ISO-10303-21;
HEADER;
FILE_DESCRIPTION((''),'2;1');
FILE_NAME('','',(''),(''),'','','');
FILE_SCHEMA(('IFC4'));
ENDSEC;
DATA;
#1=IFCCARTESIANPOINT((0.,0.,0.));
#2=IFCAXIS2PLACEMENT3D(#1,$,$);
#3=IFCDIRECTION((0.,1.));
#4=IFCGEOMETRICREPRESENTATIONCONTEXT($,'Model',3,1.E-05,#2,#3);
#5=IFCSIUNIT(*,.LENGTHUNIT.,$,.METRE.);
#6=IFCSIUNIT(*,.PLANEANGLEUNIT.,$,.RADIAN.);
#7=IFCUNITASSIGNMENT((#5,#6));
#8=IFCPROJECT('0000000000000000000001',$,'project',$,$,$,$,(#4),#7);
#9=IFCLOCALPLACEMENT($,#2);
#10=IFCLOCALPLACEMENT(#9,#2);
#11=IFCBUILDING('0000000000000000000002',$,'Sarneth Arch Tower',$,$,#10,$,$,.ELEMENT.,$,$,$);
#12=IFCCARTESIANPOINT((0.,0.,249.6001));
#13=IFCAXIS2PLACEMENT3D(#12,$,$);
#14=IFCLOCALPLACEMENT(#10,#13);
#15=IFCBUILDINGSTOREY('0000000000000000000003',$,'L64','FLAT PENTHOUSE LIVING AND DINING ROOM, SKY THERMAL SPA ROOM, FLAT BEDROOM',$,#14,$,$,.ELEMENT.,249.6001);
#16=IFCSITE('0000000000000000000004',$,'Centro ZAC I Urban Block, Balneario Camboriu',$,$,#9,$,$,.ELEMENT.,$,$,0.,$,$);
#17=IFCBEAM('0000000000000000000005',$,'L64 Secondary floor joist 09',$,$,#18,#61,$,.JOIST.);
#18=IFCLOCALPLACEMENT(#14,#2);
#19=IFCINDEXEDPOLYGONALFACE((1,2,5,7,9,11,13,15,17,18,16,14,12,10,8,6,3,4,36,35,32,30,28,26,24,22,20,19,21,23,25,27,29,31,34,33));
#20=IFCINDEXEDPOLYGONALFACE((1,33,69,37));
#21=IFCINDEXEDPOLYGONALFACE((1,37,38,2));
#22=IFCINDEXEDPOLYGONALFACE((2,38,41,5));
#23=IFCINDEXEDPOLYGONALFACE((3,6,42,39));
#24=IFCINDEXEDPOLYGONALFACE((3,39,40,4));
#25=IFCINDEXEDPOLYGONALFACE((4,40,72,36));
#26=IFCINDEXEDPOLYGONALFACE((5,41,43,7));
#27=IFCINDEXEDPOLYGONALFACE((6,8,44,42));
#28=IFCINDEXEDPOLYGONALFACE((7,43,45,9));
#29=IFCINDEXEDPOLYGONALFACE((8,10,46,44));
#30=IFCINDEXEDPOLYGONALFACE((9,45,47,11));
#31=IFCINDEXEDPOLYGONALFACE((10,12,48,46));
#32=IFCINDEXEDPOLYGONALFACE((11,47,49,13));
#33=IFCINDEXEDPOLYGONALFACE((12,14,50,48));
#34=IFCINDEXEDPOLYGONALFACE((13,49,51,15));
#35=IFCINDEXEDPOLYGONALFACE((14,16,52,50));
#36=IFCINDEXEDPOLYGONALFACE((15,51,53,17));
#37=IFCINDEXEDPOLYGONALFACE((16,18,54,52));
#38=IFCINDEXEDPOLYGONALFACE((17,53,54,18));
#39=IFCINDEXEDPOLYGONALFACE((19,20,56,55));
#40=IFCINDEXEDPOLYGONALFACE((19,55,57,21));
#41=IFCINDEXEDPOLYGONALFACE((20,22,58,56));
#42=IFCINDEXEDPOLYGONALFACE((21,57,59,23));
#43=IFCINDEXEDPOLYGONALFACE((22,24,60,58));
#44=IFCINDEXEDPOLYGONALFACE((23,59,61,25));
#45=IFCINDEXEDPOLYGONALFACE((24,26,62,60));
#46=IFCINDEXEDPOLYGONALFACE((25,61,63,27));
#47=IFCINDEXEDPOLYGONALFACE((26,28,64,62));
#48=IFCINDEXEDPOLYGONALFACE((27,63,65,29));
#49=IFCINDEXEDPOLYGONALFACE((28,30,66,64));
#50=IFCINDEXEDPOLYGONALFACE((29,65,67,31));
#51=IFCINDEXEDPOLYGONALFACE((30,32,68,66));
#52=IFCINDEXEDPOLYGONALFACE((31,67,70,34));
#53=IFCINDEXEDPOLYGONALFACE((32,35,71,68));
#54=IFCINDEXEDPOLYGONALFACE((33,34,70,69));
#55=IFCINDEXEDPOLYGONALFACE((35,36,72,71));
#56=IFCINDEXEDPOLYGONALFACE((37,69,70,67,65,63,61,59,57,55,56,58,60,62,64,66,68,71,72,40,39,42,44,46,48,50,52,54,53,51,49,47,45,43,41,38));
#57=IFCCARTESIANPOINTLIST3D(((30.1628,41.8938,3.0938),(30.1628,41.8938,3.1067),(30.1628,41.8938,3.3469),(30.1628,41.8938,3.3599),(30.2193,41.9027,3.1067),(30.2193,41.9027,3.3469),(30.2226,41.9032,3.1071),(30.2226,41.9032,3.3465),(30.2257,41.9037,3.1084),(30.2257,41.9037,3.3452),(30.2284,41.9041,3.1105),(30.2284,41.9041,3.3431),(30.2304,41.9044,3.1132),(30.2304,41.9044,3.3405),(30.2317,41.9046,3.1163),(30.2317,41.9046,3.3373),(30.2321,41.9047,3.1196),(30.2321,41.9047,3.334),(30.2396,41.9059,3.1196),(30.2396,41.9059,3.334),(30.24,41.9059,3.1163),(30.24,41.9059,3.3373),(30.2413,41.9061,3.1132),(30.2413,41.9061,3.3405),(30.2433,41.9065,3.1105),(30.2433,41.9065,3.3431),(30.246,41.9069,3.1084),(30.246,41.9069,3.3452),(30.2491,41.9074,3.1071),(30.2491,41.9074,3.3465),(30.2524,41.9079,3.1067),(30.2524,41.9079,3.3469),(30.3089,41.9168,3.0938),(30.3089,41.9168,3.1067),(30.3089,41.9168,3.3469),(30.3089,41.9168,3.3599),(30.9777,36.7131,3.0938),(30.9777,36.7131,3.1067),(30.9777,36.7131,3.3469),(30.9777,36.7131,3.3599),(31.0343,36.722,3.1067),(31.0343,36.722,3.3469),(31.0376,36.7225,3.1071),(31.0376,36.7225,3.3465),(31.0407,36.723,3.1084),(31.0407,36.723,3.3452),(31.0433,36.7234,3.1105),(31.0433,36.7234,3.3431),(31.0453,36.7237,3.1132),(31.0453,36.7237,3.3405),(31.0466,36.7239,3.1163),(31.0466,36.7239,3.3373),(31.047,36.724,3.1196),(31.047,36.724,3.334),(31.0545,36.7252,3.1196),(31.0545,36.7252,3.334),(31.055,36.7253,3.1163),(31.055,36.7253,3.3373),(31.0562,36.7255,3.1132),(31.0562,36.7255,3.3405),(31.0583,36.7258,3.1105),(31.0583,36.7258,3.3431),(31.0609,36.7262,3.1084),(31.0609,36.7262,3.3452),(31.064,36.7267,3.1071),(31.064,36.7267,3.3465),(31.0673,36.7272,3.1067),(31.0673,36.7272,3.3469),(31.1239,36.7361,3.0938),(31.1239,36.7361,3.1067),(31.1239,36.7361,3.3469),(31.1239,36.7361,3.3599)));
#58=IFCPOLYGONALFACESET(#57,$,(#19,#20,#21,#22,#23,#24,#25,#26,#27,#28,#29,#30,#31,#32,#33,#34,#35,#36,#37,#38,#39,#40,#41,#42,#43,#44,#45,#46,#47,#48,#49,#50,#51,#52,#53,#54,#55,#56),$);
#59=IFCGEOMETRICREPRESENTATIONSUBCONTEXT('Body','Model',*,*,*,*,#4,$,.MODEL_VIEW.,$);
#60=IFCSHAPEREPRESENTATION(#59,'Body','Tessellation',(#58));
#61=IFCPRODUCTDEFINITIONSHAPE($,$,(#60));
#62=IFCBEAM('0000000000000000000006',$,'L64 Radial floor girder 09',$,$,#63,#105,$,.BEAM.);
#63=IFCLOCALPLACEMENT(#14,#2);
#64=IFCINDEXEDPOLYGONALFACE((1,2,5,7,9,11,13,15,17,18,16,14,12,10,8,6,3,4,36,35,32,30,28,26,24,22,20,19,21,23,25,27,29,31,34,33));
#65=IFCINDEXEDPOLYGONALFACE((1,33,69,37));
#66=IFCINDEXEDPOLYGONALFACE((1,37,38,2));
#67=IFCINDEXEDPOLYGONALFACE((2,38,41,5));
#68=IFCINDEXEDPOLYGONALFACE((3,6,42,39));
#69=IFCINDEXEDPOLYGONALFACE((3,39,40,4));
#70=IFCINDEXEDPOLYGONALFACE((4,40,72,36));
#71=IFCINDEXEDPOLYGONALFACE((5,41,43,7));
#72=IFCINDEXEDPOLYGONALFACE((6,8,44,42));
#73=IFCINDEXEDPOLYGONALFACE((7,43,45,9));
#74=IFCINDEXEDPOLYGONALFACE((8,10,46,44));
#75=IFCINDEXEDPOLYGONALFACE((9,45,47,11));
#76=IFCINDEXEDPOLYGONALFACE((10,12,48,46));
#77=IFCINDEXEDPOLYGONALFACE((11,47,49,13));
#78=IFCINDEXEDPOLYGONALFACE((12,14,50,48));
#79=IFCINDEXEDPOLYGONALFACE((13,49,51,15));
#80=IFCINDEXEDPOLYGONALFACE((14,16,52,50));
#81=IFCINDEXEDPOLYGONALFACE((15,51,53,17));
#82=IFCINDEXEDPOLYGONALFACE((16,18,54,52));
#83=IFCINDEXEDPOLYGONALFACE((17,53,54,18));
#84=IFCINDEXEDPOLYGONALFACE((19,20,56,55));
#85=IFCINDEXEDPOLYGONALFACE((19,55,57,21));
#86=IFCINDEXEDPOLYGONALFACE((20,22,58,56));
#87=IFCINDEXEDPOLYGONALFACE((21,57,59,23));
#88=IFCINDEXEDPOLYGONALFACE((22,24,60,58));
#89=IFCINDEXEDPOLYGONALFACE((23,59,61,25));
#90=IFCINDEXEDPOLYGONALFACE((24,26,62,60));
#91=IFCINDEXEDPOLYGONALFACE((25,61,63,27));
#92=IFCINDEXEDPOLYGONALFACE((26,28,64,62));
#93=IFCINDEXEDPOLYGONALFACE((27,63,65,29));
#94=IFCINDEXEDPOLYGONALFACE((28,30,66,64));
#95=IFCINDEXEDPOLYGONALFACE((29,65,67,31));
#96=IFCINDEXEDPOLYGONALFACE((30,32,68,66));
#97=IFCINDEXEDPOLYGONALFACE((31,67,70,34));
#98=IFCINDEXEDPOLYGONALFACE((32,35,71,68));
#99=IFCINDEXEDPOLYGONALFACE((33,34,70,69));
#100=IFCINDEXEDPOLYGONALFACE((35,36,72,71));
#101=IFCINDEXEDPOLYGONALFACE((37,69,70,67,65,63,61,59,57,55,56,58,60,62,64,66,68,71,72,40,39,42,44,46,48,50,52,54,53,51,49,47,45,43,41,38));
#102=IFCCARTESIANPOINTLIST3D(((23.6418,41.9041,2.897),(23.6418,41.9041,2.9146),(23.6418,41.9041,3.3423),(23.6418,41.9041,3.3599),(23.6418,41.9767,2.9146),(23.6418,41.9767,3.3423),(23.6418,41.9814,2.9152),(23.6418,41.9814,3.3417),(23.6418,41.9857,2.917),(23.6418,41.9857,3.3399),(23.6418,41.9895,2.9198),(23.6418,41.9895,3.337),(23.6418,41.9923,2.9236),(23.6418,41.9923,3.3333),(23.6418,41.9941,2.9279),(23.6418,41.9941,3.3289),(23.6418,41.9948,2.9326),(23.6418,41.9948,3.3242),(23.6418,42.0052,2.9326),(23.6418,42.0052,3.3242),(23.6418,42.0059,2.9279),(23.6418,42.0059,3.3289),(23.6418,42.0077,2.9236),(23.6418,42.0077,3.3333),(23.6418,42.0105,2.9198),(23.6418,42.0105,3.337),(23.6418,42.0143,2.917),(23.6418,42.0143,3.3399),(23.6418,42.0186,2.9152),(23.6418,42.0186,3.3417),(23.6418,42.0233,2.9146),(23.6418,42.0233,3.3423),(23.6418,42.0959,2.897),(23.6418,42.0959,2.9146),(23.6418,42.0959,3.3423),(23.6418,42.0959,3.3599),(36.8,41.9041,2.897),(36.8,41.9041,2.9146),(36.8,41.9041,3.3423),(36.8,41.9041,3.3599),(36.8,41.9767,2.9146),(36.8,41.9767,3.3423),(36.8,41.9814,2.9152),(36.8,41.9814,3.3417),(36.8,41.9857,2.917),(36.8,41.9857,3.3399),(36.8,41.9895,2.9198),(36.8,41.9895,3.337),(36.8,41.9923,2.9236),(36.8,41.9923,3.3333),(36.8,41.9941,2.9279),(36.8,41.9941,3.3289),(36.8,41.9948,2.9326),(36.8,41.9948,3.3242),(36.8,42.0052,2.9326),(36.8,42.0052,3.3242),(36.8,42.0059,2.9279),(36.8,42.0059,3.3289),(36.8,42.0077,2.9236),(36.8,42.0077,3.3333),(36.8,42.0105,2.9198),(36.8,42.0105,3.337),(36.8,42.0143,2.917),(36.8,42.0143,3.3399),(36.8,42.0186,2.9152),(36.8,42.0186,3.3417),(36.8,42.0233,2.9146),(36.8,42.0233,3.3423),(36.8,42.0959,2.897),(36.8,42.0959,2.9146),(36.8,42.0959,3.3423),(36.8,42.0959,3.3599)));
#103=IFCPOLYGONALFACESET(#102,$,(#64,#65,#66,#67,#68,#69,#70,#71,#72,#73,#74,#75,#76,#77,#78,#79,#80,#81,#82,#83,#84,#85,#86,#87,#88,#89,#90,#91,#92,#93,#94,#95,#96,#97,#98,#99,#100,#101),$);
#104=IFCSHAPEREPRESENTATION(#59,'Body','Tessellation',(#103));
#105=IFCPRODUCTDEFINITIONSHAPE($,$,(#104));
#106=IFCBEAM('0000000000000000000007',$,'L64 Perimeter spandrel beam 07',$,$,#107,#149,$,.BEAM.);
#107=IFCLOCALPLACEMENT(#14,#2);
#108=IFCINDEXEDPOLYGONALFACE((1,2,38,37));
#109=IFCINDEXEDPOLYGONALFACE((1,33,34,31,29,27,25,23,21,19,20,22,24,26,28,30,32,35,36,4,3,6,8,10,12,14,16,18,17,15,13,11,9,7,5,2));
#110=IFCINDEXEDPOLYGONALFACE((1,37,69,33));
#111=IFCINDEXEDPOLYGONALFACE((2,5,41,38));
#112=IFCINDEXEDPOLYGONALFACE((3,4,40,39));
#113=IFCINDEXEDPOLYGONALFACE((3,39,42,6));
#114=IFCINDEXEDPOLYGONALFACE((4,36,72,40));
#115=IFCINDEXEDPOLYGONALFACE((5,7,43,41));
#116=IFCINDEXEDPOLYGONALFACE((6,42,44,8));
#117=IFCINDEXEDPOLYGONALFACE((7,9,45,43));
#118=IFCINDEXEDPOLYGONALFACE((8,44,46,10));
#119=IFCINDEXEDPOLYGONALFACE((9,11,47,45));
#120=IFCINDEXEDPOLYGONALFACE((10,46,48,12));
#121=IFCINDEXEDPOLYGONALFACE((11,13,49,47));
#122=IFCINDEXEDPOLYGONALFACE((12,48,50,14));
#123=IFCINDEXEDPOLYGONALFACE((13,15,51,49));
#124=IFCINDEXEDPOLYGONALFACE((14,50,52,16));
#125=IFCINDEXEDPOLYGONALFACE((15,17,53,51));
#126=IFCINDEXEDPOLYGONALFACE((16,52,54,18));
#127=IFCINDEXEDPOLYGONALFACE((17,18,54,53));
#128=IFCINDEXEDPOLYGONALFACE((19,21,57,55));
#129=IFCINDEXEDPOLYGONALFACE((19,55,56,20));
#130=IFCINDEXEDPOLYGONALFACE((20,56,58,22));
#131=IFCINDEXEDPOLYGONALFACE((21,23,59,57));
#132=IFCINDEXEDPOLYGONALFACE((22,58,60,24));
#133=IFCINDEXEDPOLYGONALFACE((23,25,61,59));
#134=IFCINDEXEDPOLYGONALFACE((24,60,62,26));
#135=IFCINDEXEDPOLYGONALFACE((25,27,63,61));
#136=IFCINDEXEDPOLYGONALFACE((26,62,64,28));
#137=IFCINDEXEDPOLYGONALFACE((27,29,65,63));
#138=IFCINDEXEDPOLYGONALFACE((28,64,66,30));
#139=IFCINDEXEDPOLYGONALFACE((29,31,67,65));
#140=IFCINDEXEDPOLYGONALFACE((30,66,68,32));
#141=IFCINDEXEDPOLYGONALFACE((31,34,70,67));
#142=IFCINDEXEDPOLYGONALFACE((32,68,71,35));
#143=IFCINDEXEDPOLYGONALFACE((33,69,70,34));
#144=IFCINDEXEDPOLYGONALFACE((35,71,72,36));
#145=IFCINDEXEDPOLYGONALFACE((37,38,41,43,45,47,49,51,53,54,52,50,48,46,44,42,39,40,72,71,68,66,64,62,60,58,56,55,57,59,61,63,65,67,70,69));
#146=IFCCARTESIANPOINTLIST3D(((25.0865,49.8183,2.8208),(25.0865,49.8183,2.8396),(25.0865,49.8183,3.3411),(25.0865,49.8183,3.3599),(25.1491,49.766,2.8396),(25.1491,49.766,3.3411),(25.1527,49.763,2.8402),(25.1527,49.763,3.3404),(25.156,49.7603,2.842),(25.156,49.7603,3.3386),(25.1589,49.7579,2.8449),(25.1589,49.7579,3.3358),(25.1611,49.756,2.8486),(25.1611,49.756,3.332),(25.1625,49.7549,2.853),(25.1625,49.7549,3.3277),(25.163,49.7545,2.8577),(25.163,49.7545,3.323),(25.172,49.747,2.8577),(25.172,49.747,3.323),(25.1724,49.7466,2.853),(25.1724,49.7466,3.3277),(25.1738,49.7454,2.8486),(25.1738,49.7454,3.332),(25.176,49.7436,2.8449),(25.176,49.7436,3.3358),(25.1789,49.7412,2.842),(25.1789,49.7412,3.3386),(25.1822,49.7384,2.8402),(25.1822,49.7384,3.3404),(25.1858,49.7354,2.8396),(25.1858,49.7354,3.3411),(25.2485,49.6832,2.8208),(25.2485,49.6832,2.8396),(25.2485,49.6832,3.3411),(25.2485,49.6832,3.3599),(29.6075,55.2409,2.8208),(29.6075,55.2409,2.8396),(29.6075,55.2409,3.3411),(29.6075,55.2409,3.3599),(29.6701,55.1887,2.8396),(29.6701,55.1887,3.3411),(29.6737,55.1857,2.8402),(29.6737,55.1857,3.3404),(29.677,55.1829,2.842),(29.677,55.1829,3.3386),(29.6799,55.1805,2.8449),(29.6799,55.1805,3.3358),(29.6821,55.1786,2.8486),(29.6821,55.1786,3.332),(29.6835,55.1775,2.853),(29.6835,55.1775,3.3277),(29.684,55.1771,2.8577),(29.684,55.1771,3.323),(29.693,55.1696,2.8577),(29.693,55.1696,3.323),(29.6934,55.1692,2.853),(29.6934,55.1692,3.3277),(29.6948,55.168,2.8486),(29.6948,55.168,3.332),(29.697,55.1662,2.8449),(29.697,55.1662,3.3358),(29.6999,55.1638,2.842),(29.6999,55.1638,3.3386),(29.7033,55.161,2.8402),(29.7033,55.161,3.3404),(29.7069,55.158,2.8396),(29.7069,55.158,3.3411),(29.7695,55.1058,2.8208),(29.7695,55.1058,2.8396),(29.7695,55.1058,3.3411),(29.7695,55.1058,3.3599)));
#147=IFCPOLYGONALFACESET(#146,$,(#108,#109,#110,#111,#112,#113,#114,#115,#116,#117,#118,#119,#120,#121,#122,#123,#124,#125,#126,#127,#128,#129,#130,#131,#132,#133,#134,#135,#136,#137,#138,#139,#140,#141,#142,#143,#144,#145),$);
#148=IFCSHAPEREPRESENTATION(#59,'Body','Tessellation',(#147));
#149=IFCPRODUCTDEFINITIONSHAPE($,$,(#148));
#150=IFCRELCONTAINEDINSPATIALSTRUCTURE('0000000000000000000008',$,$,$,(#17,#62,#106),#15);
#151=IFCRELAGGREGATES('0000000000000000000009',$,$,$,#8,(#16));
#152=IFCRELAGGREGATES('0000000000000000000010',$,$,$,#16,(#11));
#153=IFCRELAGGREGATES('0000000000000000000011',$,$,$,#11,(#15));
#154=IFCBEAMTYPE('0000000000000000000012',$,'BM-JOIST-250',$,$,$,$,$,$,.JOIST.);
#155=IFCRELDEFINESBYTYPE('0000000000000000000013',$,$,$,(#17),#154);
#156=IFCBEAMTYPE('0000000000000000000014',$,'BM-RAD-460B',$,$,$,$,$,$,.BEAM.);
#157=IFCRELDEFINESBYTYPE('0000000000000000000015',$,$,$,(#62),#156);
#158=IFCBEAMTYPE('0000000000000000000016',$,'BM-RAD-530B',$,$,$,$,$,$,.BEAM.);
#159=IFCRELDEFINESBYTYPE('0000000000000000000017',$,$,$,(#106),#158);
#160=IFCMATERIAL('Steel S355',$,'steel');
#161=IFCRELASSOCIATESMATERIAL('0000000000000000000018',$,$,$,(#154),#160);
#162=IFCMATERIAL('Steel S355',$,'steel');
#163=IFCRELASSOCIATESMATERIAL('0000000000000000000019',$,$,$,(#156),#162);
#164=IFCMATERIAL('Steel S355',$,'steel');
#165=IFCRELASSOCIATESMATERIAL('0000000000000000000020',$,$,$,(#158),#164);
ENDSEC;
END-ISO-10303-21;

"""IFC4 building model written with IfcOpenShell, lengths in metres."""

from ifc_helpers import new_model, si_unit, direction, frame, origin, origin_2d, place, context, subcontext, project, spatial, i_section, extrude, material, material_profile, profile_set, type_object, element, save


model = new_model("IFC4")

# Units and contexts
model_context = context("Model", 3, precision=1e-05, world=origin(), true_north=direction((0.0, 1.0)))
body_context = subcontext(model_context, "Body", "Model", "MODEL_VIEW")
ifc_project = project(units=[si_unit("LENGTHUNIT", "METRE"), si_unit("PLANEANGLEUNIT", "RADIAN")], contexts=[model_context])

# Site, building, storey
site_placement = place(None, origin())
site = spatial("IfcSite", under=ifc_project, at=site_placement, Name="Centro ZAC I Urban Block, Balneario Camboriu", CompositionType="ELEMENT", RefElevation=0.0)
building_placement = place(site_placement, origin())
building = spatial("IfcBuilding", under=site, at=building_placement, Name="Sarneth Arch Tower", CompositionType="ELEMENT")
storey_placement = place(building_placement, frame((0.0, 0.0, 249.6001)))
storey = spatial("IfcBuildingStorey", under=building, at=storey_placement, Name="L64", Description="FLAT PENTHOUSE LIVING AND DINING ROOM, SKY THERMAL SPA ROOM, FLAT BEDROOM", CompositionType="ELEMENT", Elevation=249.6001)

# Beams
ifc_material_1 = material(Name="Steel S355", Category="steel")
ifc_material_profile_1 = material_profile(ifc_material_1, i_section(OverallWidth=0.1479, OverallDepth=0.2661, WebThickness=0.0076, FlangeThickness=0.0129, FilletRadius=0.0129, at=origin_2d()), Name="W250x44.8")
ifc_profile_set_1 = profile_set([ifc_material_profile_1], Name="Steel S355")
beam_type_1 = type_object("IfcBeamType", Name="BM-JOIST-250", PredefinedType="JOIST", material=ifc_profile_set_1)
for number, where, z_axis, x_axis, name in (
    (1, (30.2358, 41.9053, 3.2268), (0.155394, -0.987853, 0.0), (0.987853, 0.155394, 0.0), "L64 Secondary floor joist 09"),
):
    element("IfcBeam", number, at=place(storey_placement, frame(where, z_axis=z_axis, x_axis=x_axis)), inside=storey, type_object=beam_type_1, Name=name, PredefinedType="JOIST", context=body_context, shape_type="SweptSolid", body=[
        extrude(i_section(OverallWidth=0.1479, OverallDepth=0.2661, WebThickness=0.0076, FlangeThickness=0.0129, FilletRadius=0.0129, at=origin_2d()), origin(), (0.0, 0.0, 1.0), 5.2444),
    ])
ifc_material_2 = material(Name="Steel S355", Category="steel")
ifc_material_profile_2 = material_profile(ifc_material_2, i_section(OverallWidth=0.1919, OverallDepth=0.4629, WebThickness=0.0105, FlangeThickness=0.0176, FilletRadius=0.0181, at=origin_2d()), Name="W460x89")
ifc_profile_set_2 = profile_set([ifc_material_profile_2], Name="Steel S355")
beam_type_2 = type_object("IfcBeamType", Name="BM-RAD-460B", PredefinedType="BEAM", material=ifc_profile_set_2)
beam_1_placement = place(storey_placement, frame((36.8, 42.0, 3.1284), z_axis=(-1.0, 0.0, 0.0), x_axis=(0.0, -1.0, 0.0)))
element("IfcBeam", 2, at=beam_1_placement, inside=storey, type_object=beam_type_2, Name="L64 Radial floor girder 09", PredefinedType="BEAM", context=body_context, shape_type="SweptSolid", body=[
    extrude(i_section(OverallWidth=0.1919, OverallDepth=0.4629, WebThickness=0.0105, FlangeThickness=0.0176, FilletRadius=0.0181, at=origin_2d()), origin(), (0.0, 0.0, 1.0), 13.1582),
])
ifc_material_3 = material(Name="Steel S355", Category="steel")
ifc_material_profile_3 = material_profile(ifc_material_3, i_section(OverallWidth=0.2109, OverallDepth=0.5391, WebThickness=0.0117, FlangeThickness=0.0188, FilletRadius=0.0181, at=origin_2d()), Name="W530x109")
ifc_profile_set_3 = profile_set([ifc_material_profile_3], Name="Steel S355")
beam_type_3 = type_object("IfcBeamType", Name="BM-RAD-530B", PredefinedType="BEAM", material=ifc_profile_set_3)
beam_2_placement = place(storey_placement, frame((29.6885, 55.1733, 3.0903), z_axis=(-0.640365, -0.768071, 0.0), x_axis=(0.768071, -0.640365, 0.0)))
element("IfcBeam", 3, at=beam_2_placement, inside=storey, type_object=beam_type_3, Name="L64 Perimeter spandrel beam 07", PredefinedType="BEAM", context=body_context, shape_type="SweptSolid", body=[
    extrude(i_section(OverallWidth=0.2109, OverallDepth=0.5391, WebThickness=0.0117, FlangeThickness=0.0188, FilletRadius=0.0181, at=origin_2d()), origin(), (0.0, 0.0, 1.0), 7.0601),
])

save(model, "model.ifc")
